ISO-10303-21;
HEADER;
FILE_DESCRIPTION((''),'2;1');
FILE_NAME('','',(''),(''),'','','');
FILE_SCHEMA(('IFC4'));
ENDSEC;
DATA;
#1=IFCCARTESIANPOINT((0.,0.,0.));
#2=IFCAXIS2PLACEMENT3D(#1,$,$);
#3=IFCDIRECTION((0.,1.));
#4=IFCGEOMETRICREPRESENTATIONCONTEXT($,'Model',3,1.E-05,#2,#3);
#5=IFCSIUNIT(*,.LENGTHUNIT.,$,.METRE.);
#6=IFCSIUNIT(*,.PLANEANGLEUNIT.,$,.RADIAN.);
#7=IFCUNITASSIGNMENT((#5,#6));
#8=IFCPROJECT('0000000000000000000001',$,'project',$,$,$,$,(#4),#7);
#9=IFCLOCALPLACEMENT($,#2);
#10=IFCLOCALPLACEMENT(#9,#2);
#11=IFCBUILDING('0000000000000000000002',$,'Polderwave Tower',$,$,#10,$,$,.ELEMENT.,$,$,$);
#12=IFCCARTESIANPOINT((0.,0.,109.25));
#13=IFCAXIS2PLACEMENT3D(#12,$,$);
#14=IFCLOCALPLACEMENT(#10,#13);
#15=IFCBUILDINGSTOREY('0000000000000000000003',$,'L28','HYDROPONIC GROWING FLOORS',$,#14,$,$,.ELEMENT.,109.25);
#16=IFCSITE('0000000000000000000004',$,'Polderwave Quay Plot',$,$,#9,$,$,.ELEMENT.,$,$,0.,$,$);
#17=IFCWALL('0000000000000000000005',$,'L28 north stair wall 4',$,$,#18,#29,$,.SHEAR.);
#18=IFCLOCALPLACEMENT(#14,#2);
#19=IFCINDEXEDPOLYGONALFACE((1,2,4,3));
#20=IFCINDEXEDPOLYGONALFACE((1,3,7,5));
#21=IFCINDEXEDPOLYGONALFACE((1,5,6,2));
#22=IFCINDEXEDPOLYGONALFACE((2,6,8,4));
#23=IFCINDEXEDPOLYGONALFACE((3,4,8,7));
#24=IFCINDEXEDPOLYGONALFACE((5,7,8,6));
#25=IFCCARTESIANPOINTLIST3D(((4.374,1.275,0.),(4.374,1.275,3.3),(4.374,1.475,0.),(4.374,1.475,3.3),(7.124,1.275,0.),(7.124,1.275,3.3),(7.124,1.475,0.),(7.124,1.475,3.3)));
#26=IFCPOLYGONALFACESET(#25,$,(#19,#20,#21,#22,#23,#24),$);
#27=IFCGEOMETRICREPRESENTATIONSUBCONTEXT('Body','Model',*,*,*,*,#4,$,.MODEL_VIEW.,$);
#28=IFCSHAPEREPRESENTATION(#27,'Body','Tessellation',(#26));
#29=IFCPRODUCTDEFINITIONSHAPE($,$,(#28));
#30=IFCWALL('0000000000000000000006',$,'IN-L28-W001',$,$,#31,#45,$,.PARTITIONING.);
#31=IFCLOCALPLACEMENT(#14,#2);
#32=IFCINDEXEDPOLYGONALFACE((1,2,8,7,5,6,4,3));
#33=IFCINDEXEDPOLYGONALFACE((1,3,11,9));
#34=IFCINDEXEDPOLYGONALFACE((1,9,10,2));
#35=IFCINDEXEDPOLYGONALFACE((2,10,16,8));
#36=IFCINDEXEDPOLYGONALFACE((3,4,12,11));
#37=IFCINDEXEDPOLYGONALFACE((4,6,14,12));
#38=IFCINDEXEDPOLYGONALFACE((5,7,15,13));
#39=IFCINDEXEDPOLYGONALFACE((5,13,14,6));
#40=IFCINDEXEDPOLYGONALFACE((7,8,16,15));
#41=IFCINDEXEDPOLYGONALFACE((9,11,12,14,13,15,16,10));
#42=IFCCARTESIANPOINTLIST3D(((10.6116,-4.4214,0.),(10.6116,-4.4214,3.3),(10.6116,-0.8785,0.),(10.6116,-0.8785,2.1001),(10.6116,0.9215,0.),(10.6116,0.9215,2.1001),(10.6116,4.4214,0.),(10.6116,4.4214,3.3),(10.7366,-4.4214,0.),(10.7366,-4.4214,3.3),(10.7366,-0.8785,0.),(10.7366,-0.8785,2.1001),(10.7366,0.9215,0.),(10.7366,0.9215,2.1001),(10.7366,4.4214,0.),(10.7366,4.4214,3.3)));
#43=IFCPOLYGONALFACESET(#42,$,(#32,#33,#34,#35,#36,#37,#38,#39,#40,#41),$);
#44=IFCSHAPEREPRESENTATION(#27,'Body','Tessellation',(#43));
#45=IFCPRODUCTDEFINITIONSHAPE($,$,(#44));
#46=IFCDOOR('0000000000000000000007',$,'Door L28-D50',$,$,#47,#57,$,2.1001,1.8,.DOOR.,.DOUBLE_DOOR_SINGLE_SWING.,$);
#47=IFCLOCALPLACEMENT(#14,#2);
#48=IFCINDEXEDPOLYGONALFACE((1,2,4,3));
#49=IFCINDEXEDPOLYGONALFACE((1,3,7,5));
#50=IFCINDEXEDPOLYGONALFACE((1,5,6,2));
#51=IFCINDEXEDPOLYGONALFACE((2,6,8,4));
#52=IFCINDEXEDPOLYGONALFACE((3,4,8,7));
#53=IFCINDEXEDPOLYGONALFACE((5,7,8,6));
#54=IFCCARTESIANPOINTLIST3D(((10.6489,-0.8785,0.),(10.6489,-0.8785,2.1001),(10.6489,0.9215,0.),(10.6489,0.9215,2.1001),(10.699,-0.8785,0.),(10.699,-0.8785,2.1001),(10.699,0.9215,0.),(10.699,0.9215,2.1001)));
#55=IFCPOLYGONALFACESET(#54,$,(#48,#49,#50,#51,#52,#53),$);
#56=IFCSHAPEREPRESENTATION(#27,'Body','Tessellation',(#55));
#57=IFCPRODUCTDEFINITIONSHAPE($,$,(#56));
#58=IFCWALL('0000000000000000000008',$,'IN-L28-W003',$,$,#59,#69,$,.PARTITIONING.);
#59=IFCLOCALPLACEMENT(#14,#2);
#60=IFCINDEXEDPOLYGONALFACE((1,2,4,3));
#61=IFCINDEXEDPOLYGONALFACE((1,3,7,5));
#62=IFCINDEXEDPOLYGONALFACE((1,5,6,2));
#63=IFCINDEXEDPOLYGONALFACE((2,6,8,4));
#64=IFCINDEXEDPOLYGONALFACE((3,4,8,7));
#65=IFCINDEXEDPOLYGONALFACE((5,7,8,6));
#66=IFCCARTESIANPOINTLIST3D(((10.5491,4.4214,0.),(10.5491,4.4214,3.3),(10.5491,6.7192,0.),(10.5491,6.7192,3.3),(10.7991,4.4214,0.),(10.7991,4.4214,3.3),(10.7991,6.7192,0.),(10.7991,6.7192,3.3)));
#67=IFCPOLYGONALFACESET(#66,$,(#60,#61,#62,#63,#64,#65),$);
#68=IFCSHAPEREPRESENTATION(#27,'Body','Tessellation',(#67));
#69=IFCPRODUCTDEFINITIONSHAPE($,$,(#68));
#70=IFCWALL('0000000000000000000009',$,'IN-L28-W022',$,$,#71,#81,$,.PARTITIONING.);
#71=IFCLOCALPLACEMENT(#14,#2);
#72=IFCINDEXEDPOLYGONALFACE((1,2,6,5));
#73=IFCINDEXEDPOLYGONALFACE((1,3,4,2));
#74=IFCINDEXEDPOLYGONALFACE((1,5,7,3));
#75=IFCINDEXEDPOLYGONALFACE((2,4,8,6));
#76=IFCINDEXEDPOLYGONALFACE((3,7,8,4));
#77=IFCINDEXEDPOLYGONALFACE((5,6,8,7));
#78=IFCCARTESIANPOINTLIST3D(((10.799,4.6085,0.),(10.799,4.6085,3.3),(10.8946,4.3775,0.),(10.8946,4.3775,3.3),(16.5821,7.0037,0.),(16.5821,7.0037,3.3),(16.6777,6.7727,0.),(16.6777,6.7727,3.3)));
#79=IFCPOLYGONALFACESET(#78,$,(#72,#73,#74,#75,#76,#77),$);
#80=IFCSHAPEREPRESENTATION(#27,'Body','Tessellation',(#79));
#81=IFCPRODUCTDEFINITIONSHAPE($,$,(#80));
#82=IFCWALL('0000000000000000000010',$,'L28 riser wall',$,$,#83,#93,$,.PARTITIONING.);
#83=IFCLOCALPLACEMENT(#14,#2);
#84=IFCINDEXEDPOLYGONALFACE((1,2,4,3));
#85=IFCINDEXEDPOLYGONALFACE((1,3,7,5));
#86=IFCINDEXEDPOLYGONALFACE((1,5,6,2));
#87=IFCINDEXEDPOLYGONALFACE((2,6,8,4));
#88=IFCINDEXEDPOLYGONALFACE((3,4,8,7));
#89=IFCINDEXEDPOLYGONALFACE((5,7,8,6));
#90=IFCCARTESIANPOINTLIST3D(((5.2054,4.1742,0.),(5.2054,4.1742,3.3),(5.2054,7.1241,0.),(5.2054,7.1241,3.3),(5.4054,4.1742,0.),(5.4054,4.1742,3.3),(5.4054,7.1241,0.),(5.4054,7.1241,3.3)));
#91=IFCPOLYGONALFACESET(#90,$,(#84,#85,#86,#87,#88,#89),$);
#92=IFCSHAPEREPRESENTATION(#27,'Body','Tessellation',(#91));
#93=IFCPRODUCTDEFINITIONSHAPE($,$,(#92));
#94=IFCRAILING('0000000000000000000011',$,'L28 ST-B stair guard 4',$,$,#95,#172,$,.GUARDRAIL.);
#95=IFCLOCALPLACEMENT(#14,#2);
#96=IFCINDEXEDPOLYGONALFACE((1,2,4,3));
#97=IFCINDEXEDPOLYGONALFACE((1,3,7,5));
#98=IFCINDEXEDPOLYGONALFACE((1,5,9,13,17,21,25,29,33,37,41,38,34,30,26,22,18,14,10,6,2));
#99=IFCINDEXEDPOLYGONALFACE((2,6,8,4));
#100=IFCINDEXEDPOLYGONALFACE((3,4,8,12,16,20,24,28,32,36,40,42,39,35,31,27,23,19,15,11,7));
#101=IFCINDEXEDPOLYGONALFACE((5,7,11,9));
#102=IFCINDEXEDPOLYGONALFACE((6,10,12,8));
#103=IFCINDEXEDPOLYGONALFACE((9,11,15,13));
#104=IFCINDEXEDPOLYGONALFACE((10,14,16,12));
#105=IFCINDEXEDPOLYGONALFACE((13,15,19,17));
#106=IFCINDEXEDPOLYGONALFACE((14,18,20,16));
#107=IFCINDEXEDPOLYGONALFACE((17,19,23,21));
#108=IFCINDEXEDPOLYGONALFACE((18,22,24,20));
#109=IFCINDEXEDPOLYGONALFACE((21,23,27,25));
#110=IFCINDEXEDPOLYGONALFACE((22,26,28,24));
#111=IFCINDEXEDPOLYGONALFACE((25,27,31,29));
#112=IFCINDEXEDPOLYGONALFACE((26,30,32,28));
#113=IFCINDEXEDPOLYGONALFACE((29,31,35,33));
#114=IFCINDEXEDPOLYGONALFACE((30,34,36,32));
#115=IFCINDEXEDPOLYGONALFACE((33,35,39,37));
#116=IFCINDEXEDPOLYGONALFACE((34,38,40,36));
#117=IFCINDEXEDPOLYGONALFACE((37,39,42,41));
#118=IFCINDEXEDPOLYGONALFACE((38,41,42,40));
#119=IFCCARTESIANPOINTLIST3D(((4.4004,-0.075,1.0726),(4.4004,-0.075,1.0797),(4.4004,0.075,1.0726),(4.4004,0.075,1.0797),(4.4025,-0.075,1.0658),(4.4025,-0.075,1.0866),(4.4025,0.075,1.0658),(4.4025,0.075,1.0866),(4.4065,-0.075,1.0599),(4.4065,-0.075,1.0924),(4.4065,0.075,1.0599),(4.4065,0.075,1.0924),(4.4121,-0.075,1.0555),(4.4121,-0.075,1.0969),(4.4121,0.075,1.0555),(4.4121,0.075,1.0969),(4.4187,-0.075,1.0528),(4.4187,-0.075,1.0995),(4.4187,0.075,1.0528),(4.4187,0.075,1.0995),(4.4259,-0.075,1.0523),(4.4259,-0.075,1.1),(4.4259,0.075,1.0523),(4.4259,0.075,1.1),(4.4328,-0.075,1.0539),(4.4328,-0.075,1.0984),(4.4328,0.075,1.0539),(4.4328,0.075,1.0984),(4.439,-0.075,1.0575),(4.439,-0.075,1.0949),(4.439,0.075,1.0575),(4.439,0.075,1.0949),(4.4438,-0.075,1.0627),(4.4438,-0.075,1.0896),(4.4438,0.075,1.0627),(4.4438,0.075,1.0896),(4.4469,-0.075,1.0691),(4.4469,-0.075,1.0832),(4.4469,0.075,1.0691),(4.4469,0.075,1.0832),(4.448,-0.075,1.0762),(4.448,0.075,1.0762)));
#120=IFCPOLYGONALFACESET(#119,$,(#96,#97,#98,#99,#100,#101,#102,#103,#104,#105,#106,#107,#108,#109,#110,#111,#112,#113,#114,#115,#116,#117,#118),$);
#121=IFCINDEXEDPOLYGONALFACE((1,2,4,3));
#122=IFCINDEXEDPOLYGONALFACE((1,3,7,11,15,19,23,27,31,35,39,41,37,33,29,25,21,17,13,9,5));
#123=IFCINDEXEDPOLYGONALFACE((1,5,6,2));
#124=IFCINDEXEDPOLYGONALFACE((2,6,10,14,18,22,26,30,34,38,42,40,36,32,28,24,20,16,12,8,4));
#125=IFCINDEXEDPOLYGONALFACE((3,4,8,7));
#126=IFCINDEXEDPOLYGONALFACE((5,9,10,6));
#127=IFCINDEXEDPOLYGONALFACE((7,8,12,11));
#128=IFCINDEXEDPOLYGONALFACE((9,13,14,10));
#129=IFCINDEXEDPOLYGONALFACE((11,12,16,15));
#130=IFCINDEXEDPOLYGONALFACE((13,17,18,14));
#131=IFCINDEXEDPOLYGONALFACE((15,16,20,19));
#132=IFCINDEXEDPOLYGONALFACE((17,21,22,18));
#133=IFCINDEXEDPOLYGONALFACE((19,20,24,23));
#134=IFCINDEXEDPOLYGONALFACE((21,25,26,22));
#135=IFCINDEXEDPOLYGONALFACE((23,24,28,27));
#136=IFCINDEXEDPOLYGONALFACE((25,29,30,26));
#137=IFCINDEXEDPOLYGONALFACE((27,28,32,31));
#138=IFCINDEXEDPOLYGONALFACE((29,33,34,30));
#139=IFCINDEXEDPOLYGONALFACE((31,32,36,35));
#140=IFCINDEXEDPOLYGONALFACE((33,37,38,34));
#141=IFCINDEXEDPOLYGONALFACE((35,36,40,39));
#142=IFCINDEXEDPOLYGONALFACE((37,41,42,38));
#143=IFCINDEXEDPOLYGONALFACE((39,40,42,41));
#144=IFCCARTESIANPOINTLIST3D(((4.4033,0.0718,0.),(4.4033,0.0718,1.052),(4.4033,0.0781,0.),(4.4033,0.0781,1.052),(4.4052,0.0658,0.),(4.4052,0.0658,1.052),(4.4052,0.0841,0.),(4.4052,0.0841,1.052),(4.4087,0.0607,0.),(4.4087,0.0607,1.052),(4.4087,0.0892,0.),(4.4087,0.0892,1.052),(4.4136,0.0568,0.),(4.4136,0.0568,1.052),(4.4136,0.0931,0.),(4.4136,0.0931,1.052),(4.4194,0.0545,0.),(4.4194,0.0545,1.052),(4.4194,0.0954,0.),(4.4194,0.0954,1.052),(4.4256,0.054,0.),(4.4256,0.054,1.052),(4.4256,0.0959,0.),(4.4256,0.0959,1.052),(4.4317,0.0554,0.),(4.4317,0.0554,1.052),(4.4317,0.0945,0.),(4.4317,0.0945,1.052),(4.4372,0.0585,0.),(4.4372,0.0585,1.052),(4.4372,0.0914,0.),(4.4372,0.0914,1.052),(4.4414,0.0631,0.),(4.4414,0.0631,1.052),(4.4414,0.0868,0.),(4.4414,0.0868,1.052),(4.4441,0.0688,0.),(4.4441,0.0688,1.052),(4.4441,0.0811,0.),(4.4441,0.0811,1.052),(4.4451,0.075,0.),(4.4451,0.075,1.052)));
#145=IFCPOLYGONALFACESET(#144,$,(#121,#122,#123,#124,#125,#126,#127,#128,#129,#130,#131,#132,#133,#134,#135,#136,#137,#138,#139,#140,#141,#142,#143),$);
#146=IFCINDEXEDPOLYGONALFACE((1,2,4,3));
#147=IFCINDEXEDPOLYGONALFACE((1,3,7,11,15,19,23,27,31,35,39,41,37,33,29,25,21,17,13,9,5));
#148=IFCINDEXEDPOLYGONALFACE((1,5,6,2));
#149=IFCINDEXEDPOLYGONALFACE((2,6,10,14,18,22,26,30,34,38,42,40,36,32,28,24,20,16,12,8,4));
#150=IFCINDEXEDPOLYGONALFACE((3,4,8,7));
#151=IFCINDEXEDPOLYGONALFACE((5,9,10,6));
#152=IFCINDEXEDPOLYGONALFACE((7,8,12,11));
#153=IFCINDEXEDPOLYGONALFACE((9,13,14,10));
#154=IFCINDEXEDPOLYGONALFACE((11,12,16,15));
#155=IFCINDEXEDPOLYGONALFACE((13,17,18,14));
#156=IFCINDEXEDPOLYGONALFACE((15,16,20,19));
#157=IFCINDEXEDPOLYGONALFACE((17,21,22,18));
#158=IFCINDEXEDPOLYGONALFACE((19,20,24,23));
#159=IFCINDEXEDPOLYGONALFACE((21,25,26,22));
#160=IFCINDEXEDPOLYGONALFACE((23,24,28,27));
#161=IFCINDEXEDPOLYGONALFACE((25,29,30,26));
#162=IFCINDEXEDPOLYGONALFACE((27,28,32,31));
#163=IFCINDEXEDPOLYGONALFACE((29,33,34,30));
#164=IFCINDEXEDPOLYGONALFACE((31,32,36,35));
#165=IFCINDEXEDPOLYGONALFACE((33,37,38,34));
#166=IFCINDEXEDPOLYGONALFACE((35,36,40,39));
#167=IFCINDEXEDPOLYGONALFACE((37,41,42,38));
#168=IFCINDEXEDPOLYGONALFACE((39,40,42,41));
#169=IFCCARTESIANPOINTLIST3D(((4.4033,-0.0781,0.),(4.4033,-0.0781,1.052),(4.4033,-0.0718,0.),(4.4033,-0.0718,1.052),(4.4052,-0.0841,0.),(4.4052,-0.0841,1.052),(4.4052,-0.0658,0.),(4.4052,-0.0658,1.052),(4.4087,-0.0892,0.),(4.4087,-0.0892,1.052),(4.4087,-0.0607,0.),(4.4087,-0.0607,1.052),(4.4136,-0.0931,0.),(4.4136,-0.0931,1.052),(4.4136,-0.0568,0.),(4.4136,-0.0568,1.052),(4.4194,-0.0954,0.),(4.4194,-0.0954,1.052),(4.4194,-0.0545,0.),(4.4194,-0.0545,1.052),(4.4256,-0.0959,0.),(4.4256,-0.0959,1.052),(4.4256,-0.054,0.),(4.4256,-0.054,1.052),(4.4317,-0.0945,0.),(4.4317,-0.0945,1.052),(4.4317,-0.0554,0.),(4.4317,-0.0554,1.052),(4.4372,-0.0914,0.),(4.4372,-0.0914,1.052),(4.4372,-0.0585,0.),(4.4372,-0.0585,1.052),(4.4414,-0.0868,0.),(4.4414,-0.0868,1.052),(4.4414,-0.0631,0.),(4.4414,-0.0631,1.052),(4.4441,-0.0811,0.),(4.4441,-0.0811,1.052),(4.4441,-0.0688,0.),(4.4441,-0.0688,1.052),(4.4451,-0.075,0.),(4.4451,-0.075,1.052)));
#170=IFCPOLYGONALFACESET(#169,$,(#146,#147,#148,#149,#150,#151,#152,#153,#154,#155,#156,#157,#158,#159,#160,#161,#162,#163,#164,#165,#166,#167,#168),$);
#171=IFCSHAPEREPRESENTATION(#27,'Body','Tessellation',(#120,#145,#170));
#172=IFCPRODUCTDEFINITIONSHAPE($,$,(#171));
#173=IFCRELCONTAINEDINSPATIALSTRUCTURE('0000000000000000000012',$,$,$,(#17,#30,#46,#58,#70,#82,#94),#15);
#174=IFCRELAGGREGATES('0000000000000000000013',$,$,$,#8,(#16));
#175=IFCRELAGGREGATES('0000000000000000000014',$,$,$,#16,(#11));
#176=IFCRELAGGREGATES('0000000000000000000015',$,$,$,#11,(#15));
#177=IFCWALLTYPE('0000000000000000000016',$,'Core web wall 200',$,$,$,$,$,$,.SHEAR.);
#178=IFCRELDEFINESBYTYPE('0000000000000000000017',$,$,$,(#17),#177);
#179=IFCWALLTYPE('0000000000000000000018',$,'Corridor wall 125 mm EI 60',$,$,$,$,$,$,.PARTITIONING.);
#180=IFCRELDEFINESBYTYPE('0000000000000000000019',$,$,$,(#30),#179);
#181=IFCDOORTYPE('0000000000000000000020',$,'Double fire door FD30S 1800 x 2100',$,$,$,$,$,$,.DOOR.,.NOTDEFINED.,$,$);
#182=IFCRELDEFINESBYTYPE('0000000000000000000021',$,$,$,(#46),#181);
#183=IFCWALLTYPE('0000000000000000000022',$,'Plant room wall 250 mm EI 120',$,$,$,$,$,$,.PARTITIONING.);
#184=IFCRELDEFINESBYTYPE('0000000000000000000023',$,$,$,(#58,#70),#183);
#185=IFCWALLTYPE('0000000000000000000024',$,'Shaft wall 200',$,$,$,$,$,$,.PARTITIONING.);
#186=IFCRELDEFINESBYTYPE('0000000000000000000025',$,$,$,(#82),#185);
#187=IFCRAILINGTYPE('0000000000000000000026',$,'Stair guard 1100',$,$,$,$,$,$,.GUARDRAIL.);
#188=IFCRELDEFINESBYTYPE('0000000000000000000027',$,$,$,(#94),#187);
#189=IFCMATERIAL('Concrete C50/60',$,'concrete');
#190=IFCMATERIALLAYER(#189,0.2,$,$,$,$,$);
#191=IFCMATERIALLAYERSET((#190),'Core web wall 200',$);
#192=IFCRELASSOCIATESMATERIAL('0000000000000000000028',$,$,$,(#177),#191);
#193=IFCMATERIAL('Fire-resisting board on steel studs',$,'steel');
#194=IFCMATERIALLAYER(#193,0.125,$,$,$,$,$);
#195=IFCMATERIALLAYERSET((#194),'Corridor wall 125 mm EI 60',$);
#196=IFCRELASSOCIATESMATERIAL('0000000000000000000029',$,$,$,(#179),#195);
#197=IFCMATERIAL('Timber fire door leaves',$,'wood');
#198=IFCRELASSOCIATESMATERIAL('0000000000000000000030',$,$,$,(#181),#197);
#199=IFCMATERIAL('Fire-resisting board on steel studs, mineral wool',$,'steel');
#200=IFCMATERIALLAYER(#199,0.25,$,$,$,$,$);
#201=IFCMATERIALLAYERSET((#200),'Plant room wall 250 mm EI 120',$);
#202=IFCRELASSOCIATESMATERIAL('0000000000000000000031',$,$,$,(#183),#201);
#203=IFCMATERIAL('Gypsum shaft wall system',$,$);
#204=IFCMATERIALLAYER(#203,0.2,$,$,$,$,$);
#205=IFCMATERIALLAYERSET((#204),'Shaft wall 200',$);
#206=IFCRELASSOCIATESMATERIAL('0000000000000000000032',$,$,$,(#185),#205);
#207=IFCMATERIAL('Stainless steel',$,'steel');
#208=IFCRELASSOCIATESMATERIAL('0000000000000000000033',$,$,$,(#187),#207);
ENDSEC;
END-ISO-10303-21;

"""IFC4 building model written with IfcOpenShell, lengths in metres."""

from ifc_helpers import new_model, si_unit, direction, frame, frame_2d, origin, origin_2d, place, context, subcontext, project, spatial, rectangle, circle, extrude, material, layer, layer_set, type_object, element, fill, save


model = new_model("IFC4")

# Units and contexts
model_context = context("Model", 3, precision=1e-05, world=origin(), true_north=direction((0.0, 1.0)))
body_context = subcontext(model_context, "Body", "Model", "MODEL_VIEW")
ifc_project = project(units=[si_unit("LENGTHUNIT", "METRE"), si_unit("PLANEANGLEUNIT", "RADIAN")], contexts=[model_context])

# Site, building, storey
site_placement = place(None, origin())
site = spatial("IfcSite", under=ifc_project, at=site_placement, Name="Polderwave Quay Plot", CompositionType="ELEMENT", RefElevation=0.0)
building_placement = place(site_placement, origin())
building = spatial("IfcBuilding", under=site, at=building_placement, Name="Polderwave Tower", CompositionType="ELEMENT")
storey_placement = place(building_placement, frame((0.0, 0.0, 109.25)))
storey = spatial("IfcBuildingStorey", under=building, at=storey_placement, Name="L28", Description="HYDROPONIC GROWING FLOORS", CompositionType="ELEMENT", Elevation=109.25)

# Wall
ifc_material_1 = material(Name="Concrete C50/60", Category="concrete")
ifc_layer_1 = layer(ifc_material_1, 0.2)
ifc_layer_set_1 = layer_set([ifc_layer_1], Name="Core web wall 200")
wall_type_1 = type_object("IfcWallType", Name="Core web wall 200", PredefinedType="SHEAR", material=ifc_layer_set_1)
wall_1_placement = place(storey_placement, frame((4.374, 1.375, 0.0), z_axis=(0.0, 0.0, 1.0), x_axis=(1.0, 0.0, 0.0)))
element("IfcWall", 1, at=wall_1_placement, inside=storey, type_object=wall_type_1, Name="L28 north stair wall 4", PredefinedType="SHEAR", context=body_context, shape_type="SweptSolid", body=[
    extrude(rectangle(XDim=2.75, YDim=0.2, at=frame_2d((1.375, 0.0))), origin(), (0.0, 0.0, 1.0), 3.3),
])

# Wall, opening, door
ifc_material_2 = material(Name="Fire-resisting board on steel studs", Category="steel")
ifc_layer_2 = layer(ifc_material_2, 0.125)
ifc_layer_set_2 = layer_set([ifc_layer_2], Name="Corridor wall 125 mm EI 60")
wall_type_2 = type_object("IfcWallType", Name="Corridor wall 125 mm EI 60", PredefinedType="PARTITIONING", material=ifc_layer_set_2)
wall_2_placement = place(storey_placement, frame((10.6741, 4.4214, 0.0), z_axis=(0.0, 0.0, 1.0), x_axis=(0.0, -1.0, 0.0)))
wall_2 = element("IfcWall", 2, at=wall_2_placement, inside=storey, type_object=wall_type_2, Name="IN-L28-W001", PredefinedType="PARTITIONING", context=body_context, shape_type="SweptSolid", body=[
    extrude(rectangle(XDim=8.8428, YDim=0.125, at=frame_2d((4.4214, 0.0))), origin(), (0.0, 0.0, 1.0), 3.3),
])
opening_placement = place(wall_2_placement, frame((3.5, 0.0, 0.0)))
opening = element("IfcOpeningElement", 3, at=opening_placement, cuts=wall_2, PredefinedType="OPENING", context=body_context, shape_type="SweptSolid", body=[
    extrude(rectangle(XDim=1.8, YDim=2.1001, at=frame_2d((0.8999, 1.05))), frame((0.0, 0.0725, 0.0), z_axis=(0.0, -1.0, 0.0), x_axis=(1.0, 0.0, 0.0)), (0.0, 0.0, 1.0), 0.145),
])
ifc_material_3 = material(Name="Timber fire door leaves", Category="wood")
door_type = type_object("IfcDoorType", Name="Double fire door FD30S 1800 x 2100", OperationType="NOTDEFINED", PredefinedType="DOOR", material=ifc_material_3)
door_placement = place(opening_placement, origin())
door = element("IfcDoor", 4, at=door_placement, inside=storey, type_object=door_type, Name="Door L28-D50", OperationType="DOUBLE_DOOR_SINGLE_SWING", OverallHeight=2.1001, OverallWidth=1.8, PredefinedType="DOOR", context=body_context, shape_type="SweptSolid", body=[
    extrude(rectangle(XDim=1.8, YDim=2.1001, at=frame_2d((0.8999, 1.05))), frame((0.0, 0.0249, 0.0), z_axis=(0.0, -1.0, 0.0), x_axis=(1.0, 0.0, 0.0)), (0.0, 0.0, 1.0), 0.05),
])
fill(opening, door)

# Walls
ifc_material_4 = material(Name="Fire-resisting board on steel studs, mineral wool", Category="steel")
ifc_layer_3 = layer(ifc_material_4, 0.25)
ifc_layer_set_3 = layer_set([ifc_layer_3], Name="Plant room wall 250 mm EI 120")
wall_type_3 = type_object("IfcWallType", Name="Plant room wall 250 mm EI 120", PredefinedType="PARTITIONING", material=ifc_layer_set_3)
wall_3_placement = place(storey_placement, frame((10.6741, 6.7192, 0.0), z_axis=(0.0, 0.0, 1.0), x_axis=(0.0, -1.0, 0.0)))
element("IfcWall", 5, at=wall_3_placement, inside=storey, type_object=wall_type_3, Name="IN-L28-W003", PredefinedType="PARTITIONING", context=body_context, shape_type="SweptSolid", body=[
    extrude(rectangle(XDim=2.2979, YDim=0.25, at=frame_2d((1.1489, 0.0))), origin(), (0.0, 0.0, 1.0), 3.3),
])
wall_4_placement = place(storey_placement, frame((10.8467, 4.4929, 0.0), z_axis=(0.0, 0.0, 1.0), x_axis=(0.923892, 0.382654, 0.0)))
element("IfcWall", 6, at=wall_4_placement, inside=storey, type_object=wall_type_3, Name="IN-L28-W022", PredefinedType="PARTITIONING", context=body_context, shape_type="SweptSolid", body=[
    extrude(rectangle(XDim=6.2595, YDim=0.25, at=frame_2d((3.1299, 0.0))), origin(), (0.0, 0.0, 1.0), 3.3),
])
ifc_material_5 = material(Name="Gypsum shaft wall system")
ifc_layer_4 = layer(ifc_material_5, 0.2)
ifc_layer_set_4 = layer_set([ifc_layer_4], Name="Shaft wall 200")
wall_type_4 = type_object("IfcWallType", Name="Shaft wall 200", PredefinedType="PARTITIONING", material=ifc_layer_set_4)
wall_5_placement = place(storey_placement, frame((5.3054, 4.1741, 0.0), z_axis=(0.0, 0.0, 1.0), x_axis=(0.0, 1.0, 0.0)))
element("IfcWall", 7, at=wall_5_placement, inside=storey, type_object=wall_type_4, Name="L28 riser wall", PredefinedType="PARTITIONING", context=body_context, shape_type="SweptSolid", body=[
    extrude(rectangle(XDim=2.95, YDim=0.2, at=frame_2d((1.4751, 0.0))), origin(), (0.0, 0.0, 1.0), 3.3),
])

# Railing
ifc_material_6 = material(Name="Stainless steel", Category="steel")
railing_type = type_object("IfcRailingType", Name="Stair guard 1100", PredefinedType="GUARDRAIL", material=ifc_material_6)
railing_placement = place(storey_placement, frame((4.4241, 0.075, 0.0)))
element("IfcRailing", 8, at=railing_placement, inside=storey, type_object=railing_type, Name="L28 ST-B stair guard 4", PredefinedType="GUARDRAIL", context=body_context, shape_type="SweptSolid", body=[
    extrude(circle(Radius=0.0239, at=origin_2d()), frame((0.0, 0.0, 1.0762), z_axis=(0.0, -1.0, 0.0), x_axis=(1.0, 0.0, 0.0)), (0.0, 0.0, 1.0), 0.1499),
    extrude(circle(Radius=0.021, at=origin_2d()), origin(), (0.0, 0.0, 1.0), 1.052),
    extrude(circle(Radius=0.021, at=origin_2d()), frame((0.0, -0.1499, 0.0)), (0.0, 0.0, 1.0), 1.052),
])

save(model, "model.ifc")
